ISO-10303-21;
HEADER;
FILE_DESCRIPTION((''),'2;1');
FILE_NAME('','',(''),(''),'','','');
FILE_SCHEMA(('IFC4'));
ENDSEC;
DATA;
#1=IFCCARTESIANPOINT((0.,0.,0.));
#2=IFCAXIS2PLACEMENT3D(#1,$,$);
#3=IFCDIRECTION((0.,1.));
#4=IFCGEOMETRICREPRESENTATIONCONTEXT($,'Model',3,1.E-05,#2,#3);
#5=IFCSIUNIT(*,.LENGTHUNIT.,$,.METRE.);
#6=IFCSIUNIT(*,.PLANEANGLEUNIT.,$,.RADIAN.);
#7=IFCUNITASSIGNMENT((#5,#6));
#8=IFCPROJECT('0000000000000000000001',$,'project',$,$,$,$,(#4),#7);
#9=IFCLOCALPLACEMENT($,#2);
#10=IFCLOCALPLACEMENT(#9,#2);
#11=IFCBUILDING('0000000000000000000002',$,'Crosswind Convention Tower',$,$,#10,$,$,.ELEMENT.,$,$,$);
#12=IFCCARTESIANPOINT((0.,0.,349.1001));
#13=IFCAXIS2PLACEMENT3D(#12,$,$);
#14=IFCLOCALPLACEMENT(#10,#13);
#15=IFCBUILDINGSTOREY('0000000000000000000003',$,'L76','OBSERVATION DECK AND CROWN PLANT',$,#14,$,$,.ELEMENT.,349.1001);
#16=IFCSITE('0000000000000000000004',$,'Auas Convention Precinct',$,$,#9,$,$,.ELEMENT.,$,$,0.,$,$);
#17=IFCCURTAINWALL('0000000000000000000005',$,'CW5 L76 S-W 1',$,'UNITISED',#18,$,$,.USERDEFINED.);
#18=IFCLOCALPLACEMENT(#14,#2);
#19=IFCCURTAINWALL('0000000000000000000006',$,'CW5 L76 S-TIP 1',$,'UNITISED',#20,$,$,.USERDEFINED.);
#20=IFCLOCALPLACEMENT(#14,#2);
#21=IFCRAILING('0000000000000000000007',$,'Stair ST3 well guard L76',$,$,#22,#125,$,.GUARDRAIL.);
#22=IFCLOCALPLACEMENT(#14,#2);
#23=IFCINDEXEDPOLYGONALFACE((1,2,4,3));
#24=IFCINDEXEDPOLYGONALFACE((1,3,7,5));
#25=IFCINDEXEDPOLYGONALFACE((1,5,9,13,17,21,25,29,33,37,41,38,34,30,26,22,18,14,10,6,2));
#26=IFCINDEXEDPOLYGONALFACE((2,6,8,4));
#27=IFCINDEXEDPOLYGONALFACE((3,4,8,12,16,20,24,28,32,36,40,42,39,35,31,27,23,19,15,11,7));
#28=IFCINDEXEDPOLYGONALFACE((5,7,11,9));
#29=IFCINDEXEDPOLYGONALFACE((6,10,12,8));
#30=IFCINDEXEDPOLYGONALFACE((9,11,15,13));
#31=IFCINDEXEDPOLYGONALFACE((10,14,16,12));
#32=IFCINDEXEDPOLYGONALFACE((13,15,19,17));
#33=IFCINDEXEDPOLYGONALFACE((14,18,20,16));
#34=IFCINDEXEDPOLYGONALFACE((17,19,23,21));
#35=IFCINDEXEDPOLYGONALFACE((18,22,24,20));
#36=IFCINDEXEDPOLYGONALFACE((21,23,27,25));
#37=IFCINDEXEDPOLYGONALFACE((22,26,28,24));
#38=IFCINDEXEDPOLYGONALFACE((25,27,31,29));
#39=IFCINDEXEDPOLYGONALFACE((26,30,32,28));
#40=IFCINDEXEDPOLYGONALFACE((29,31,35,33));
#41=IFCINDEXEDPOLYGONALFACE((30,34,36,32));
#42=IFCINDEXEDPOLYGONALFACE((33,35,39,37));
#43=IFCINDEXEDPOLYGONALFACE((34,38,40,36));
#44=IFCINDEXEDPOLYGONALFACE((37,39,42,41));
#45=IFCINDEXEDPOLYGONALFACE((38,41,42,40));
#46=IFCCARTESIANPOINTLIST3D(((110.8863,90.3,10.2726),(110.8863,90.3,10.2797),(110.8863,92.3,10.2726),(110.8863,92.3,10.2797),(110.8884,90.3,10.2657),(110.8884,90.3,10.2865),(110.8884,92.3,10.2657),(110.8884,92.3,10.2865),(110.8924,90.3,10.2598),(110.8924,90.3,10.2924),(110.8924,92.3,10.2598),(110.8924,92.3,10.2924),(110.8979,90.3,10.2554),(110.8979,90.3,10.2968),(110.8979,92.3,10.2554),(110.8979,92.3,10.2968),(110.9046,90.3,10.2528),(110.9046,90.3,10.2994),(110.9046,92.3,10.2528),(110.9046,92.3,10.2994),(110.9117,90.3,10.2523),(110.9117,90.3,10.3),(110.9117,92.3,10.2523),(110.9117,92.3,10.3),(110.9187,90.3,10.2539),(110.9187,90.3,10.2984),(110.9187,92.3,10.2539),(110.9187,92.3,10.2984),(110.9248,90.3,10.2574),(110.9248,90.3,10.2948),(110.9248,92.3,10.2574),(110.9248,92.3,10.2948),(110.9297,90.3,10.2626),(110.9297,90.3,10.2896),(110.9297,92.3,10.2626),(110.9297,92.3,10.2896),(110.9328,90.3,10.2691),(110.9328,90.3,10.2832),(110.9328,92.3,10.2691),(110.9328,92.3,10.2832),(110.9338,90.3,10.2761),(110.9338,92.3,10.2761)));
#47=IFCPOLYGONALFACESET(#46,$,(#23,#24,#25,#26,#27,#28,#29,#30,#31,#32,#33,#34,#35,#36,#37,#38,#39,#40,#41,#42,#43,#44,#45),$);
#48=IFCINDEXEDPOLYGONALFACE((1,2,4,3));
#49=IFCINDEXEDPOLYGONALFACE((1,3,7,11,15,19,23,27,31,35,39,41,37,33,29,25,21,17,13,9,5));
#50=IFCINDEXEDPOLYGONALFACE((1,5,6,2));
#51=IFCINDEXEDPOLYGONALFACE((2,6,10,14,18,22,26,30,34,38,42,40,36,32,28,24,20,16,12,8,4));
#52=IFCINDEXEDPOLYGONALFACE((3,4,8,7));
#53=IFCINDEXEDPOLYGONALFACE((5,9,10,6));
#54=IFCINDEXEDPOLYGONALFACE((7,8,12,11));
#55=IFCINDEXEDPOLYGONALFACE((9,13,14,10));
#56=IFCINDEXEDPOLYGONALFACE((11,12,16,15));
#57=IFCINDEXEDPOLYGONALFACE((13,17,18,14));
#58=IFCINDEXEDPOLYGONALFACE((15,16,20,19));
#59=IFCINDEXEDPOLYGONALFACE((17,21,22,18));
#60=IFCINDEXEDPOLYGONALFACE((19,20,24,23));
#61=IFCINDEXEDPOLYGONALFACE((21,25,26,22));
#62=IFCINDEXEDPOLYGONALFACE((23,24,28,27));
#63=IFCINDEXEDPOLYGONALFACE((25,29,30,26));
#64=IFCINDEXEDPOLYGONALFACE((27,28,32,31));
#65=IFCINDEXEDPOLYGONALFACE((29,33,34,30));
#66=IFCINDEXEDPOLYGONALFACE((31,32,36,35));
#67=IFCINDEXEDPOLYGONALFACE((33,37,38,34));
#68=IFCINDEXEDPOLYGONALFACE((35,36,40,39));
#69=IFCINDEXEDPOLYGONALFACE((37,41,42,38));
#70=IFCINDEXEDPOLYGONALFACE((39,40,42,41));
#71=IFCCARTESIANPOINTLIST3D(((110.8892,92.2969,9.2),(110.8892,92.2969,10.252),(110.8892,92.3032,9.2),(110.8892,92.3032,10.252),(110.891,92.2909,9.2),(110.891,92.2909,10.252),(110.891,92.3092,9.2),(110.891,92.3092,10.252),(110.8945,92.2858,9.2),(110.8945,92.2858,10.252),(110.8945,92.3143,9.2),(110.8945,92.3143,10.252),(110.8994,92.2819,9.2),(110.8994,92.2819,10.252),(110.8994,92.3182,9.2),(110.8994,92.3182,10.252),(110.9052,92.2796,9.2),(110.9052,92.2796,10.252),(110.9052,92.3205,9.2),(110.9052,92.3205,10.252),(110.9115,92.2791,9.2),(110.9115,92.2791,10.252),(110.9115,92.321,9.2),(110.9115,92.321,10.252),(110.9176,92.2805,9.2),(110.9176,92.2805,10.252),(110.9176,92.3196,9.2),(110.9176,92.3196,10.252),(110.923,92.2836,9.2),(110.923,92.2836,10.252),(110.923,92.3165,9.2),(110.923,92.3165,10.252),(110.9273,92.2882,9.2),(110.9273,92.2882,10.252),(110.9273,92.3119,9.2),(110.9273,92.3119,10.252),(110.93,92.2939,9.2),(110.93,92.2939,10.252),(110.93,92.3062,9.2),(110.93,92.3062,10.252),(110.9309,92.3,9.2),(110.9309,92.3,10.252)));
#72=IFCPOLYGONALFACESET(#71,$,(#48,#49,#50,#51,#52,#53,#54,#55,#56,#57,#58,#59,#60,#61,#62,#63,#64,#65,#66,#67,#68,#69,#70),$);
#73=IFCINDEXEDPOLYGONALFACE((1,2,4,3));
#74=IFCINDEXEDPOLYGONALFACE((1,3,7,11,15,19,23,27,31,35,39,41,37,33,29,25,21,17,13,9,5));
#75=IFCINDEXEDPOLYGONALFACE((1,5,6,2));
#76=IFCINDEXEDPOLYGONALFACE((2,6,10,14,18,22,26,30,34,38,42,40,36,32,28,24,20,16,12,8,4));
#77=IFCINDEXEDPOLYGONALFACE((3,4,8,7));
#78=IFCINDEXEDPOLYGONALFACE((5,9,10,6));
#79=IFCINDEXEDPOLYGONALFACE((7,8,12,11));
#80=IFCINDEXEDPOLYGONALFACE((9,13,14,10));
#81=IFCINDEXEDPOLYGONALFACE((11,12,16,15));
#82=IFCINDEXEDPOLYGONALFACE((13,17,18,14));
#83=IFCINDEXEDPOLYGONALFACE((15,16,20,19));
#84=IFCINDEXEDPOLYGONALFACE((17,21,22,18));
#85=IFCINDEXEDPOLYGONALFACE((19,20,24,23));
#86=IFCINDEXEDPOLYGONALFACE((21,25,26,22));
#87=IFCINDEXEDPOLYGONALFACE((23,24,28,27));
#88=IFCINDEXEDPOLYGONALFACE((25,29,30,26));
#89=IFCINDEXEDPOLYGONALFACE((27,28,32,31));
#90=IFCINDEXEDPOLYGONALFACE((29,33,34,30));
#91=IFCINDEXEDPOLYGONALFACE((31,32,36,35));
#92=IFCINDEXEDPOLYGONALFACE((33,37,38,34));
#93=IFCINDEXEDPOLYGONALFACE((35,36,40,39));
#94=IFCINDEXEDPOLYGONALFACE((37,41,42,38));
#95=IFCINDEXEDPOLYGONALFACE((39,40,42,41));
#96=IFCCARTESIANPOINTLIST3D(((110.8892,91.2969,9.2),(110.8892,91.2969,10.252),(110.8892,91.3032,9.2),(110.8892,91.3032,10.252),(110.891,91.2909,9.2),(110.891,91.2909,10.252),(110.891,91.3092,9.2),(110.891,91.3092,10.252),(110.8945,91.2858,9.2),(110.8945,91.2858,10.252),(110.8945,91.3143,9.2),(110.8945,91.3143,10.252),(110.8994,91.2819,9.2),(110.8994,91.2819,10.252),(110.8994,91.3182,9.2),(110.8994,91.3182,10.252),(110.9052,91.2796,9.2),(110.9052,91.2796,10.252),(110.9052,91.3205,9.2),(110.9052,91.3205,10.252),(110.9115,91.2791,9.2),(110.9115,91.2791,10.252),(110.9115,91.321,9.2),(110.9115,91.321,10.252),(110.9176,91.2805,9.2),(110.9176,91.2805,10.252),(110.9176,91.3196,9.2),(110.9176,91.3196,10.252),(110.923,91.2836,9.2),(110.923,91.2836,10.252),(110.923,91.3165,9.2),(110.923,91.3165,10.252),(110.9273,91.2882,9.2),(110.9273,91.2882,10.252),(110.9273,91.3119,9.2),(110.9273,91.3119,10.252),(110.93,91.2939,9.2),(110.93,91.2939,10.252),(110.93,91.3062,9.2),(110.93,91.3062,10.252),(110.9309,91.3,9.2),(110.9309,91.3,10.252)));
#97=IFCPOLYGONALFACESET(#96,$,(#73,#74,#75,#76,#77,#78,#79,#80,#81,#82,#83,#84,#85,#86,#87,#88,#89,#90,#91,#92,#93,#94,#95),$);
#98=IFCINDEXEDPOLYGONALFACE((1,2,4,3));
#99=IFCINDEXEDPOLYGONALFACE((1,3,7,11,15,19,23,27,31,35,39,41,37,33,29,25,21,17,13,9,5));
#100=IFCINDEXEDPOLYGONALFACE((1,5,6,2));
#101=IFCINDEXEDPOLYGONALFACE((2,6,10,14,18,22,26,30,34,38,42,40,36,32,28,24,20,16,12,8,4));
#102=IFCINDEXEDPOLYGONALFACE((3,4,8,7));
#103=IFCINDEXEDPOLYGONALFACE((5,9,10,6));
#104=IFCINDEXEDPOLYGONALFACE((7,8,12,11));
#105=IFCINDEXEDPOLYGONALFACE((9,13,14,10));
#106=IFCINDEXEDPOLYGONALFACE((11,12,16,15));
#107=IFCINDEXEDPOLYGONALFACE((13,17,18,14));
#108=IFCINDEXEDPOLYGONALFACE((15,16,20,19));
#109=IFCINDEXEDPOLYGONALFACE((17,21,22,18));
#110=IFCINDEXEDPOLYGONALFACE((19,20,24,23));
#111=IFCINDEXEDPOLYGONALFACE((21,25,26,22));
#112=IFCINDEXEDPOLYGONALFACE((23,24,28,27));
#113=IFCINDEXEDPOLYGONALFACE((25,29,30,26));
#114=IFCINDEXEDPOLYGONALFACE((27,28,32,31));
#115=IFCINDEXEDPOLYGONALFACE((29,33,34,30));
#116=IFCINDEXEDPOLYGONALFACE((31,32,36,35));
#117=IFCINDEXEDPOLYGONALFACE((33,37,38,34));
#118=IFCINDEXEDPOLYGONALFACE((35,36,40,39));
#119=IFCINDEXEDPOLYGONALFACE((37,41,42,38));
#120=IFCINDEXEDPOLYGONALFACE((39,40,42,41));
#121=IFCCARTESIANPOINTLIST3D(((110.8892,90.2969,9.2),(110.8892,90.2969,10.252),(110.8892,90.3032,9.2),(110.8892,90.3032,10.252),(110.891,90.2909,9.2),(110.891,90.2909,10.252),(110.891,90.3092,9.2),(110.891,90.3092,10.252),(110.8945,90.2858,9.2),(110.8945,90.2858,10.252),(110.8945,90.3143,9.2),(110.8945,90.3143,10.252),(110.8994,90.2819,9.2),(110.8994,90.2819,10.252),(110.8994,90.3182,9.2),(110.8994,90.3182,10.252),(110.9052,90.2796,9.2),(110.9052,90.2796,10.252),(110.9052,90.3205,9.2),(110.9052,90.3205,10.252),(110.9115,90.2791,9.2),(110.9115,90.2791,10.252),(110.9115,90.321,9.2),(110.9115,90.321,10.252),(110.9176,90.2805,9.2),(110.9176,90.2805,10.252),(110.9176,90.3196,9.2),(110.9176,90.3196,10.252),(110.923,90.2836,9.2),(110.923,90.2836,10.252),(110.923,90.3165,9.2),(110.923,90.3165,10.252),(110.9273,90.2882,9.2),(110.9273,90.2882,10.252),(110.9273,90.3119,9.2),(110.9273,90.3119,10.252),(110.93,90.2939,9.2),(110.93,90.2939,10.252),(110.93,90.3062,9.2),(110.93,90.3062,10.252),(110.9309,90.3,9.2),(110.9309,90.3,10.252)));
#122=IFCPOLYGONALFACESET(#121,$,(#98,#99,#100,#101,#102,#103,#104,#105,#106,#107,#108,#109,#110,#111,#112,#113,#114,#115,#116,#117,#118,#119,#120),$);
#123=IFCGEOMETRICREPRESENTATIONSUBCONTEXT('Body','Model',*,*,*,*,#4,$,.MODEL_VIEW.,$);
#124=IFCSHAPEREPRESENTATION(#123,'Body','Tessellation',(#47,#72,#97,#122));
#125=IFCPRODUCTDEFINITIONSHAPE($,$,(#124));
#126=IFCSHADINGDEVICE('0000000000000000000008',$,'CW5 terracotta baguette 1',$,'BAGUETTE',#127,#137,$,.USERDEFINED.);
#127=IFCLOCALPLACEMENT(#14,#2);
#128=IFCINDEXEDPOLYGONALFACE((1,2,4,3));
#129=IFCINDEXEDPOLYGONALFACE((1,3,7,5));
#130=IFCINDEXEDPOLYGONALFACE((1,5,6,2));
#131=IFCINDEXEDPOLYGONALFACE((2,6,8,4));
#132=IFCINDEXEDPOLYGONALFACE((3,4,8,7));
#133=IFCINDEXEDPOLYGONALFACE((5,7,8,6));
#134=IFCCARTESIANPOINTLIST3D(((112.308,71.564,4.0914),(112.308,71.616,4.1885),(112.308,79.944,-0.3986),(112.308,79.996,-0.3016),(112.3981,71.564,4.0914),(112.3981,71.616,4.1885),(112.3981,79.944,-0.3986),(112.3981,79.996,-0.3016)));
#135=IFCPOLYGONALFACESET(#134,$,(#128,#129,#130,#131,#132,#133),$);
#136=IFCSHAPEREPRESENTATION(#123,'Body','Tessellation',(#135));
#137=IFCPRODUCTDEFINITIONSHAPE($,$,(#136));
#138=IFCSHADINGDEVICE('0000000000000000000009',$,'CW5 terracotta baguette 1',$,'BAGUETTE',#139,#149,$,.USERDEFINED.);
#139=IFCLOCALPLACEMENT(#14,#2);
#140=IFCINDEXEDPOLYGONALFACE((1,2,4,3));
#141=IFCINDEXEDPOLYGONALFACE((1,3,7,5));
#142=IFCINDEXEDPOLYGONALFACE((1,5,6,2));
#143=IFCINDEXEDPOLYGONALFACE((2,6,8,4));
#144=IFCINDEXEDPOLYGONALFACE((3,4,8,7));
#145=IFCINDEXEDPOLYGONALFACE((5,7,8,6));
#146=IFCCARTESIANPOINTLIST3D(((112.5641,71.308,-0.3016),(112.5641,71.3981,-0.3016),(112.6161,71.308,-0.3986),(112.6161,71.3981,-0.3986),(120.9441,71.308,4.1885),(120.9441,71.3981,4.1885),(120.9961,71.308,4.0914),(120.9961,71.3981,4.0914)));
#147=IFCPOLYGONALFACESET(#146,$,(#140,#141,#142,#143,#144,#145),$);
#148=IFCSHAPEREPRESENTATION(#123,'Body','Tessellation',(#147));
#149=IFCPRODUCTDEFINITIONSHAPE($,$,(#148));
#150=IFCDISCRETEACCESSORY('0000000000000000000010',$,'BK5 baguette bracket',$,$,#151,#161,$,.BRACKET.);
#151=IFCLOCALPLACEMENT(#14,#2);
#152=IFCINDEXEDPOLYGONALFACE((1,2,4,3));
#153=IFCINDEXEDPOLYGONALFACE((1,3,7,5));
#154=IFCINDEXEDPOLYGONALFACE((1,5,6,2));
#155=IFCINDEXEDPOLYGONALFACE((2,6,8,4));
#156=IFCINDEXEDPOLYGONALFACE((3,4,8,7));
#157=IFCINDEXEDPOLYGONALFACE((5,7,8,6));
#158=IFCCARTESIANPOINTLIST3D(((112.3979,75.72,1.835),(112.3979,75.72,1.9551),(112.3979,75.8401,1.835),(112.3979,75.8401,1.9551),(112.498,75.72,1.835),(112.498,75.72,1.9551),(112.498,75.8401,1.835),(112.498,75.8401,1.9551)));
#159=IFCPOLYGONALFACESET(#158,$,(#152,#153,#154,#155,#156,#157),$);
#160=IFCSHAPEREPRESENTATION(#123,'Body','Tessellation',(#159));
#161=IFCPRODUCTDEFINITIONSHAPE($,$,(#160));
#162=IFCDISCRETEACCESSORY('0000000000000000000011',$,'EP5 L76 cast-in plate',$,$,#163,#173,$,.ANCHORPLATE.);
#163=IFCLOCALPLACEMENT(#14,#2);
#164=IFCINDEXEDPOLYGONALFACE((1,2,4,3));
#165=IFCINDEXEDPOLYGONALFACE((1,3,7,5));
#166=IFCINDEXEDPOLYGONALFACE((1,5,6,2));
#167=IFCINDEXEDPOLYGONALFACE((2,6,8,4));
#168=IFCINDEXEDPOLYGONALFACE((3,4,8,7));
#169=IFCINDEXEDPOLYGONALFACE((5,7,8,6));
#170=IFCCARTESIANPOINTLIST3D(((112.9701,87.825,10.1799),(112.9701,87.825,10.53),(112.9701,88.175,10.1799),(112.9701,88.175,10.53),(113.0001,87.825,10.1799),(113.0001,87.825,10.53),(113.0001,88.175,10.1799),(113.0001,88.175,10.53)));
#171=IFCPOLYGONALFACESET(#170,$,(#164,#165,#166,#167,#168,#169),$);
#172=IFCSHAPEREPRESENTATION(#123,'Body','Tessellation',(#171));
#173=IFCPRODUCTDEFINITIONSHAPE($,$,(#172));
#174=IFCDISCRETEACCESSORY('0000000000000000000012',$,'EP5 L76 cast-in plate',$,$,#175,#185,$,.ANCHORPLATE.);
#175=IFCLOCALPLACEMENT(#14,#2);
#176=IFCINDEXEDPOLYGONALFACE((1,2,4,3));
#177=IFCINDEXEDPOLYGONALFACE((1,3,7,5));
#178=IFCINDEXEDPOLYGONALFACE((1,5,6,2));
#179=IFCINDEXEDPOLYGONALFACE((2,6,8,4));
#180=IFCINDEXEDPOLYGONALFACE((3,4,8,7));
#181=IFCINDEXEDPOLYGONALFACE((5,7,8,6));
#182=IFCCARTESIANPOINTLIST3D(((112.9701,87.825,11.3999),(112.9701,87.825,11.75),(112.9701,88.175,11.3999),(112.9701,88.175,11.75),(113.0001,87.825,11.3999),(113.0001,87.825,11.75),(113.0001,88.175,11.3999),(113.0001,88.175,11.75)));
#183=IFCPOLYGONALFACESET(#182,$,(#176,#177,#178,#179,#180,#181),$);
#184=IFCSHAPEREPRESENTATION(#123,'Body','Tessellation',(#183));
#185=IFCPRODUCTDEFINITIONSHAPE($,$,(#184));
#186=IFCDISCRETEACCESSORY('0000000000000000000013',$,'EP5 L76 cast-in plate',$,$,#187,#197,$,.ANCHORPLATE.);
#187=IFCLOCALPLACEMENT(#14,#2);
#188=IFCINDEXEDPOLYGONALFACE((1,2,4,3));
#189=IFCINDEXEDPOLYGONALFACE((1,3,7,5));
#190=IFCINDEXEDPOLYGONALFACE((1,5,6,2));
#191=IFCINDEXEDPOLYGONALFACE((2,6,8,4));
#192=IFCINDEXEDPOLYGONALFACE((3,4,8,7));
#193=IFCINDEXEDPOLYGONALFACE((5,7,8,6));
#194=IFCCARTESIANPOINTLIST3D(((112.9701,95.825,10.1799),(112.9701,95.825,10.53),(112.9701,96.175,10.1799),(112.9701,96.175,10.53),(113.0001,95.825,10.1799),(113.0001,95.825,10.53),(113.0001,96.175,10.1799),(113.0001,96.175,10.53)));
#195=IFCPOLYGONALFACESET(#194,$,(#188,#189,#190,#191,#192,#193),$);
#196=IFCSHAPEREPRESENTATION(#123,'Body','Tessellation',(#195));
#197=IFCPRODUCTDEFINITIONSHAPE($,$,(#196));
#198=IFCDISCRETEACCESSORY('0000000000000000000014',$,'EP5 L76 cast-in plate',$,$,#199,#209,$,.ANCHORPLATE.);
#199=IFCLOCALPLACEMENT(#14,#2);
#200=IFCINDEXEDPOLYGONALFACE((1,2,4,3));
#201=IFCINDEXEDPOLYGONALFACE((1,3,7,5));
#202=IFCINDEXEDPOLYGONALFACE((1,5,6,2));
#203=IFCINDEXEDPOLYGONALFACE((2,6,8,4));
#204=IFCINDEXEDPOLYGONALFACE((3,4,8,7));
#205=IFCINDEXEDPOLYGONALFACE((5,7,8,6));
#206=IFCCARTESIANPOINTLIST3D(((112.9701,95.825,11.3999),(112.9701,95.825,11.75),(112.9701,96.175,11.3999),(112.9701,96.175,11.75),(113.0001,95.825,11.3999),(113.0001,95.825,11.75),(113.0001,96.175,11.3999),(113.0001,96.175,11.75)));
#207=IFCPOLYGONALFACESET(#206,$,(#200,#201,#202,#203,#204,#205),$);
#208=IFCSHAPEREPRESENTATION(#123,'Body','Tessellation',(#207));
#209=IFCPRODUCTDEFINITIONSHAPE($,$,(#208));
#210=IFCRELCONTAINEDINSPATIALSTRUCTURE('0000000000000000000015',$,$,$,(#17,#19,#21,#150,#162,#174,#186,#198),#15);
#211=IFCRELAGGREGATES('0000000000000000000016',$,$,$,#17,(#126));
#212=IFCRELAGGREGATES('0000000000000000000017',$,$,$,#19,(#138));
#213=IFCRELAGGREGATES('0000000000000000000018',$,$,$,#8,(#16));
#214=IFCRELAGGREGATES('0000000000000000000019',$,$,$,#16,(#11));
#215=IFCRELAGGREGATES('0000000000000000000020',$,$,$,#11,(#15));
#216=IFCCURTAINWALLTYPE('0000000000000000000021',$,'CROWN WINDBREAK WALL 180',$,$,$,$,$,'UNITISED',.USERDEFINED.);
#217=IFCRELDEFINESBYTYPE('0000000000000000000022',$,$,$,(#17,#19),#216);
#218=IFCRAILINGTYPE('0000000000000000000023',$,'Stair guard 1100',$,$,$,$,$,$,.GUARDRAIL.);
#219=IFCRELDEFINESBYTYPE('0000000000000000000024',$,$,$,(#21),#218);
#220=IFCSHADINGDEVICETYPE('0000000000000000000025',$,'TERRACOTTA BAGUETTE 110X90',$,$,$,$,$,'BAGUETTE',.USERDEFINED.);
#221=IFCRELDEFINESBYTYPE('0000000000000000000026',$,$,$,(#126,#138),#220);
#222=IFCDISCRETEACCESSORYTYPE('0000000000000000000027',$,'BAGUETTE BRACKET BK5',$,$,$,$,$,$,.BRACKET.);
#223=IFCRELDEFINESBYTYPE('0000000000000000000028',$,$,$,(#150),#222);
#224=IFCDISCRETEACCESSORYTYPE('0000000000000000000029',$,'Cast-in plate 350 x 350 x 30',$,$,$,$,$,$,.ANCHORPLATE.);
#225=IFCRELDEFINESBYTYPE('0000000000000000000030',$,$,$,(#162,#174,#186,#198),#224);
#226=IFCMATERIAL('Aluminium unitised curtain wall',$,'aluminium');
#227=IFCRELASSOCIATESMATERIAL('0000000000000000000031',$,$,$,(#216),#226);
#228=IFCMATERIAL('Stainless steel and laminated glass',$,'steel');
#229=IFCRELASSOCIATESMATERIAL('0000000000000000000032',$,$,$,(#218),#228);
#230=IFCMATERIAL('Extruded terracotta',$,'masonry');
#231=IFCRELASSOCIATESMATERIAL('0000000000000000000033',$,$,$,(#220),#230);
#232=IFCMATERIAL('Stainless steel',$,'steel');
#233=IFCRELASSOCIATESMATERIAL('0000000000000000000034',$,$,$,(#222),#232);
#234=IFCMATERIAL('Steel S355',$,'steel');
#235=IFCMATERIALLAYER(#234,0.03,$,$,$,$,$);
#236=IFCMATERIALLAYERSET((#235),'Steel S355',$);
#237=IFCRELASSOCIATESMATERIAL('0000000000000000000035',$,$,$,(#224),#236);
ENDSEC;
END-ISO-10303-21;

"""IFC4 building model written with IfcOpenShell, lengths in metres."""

from ifc_helpers import new_model, si_unit, direction, frame, origin, origin_2d, place, context, subcontext, project, spatial, rectangle, circle, extrude, material, layer, layer_set, material_profile, profile_set, type_object, element, aggregate, save


model = new_model("IFC4")

# Units and contexts
model_context = context("Model", 3, precision=1e-05, world=origin(), true_north=direction((0.0, 1.0)))
body_context = subcontext(model_context, "Body", "Model", "MODEL_VIEW")
ifc_project = project(units=[si_unit("LENGTHUNIT", "METRE"), si_unit("PLANEANGLEUNIT", "RADIAN")], contexts=[model_context])

# Site, building, storey
site_placement = place(None, origin())
site = spatial("IfcSite", under=ifc_project, at=site_placement, Name="Auas Convention Precinct", CompositionType="ELEMENT", RefElevation=0.0)
building_placement = place(site_placement, origin())
building = spatial("IfcBuilding", under=site, at=building_placement, Name="Crosswind Convention Tower", CompositionType="ELEMENT")
storey_placement = place(building_placement, frame((0.0, 0.0, 349.1001)))
storey = spatial("IfcBuildingStorey", under=building, at=storey_placement, Name="L76", Description="OBSERVATION DECK AND CROWN PLANT", CompositionType="ELEMENT", Elevation=349.1001)

# Curtain wall
ifc_material_1 = material(Name="Aluminium unitised curtain wall", Category="aluminium")
curtain_wall_type_1 = type_object("IfcCurtainWallType", Name="CROWN WINDBREAK WALL 180", ElementType="UNITISED", PredefinedType="USERDEFINED", material=ifc_material_1)
curtain_wall_1_placement = place(storey_placement, origin())
curtain_wall_1 = element("IfcCurtainWall", 1, at=curtain_wall_1_placement, inside=storey, type_object=curtain_wall_type_1, Name="CW5 L76 S-W 1", ObjectType="UNITISED", PredefinedType="USERDEFINED")

# Curtain wall
curtain_wall_2_placement = place(storey_placement, origin())
curtain_wall_2 = element("IfcCurtainWall", 2, at=curtain_wall_2_placement, inside=storey, type_object=curtain_wall_type_1, Name="CW5 L76 S-TIP 1", ObjectType="UNITISED", PredefinedType="USERDEFINED")

# Railing
ifc_material_2 = material(Name="Stainless steel and laminated glass", Category="steel")
railing_type_1 = type_object("IfcRailingType", Name="Stair guard 1100", PredefinedType="GUARDRAIL", material=ifc_material_2)
railing_1_placement = place(storey_placement, frame((110.9099, 92.3, 9.2)))
element("IfcRailing", 3, at=railing_1_placement, inside=storey, type_object=railing_type_1, Name="Stair ST3 well guard L76", PredefinedType="GUARDRAIL", context=body_context, shape_type="SweptSolid", body=[
    extrude(circle(Radius=0.0239, at=origin_2d()), frame((0.0, 0.0, 1.0762), z_axis=(0.0, -1.0, 0.0), x_axis=(1.0, 0.0, 0.0)), (0.0, 0.0, 1.0), 2.0),
    extrude(circle(Radius=0.021, at=origin_2d()), origin(), (0.0, 0.0, 1.0), 1.052),
    extrude(circle(Radius=0.021, at=origin_2d()), frame((0.0, -1.0, 0.0)), (0.0, 0.0, 1.0), 1.052),
    extrude(circle(Radius=0.021, at=origin_2d()), frame((0.0, -2.0, 0.0)), (0.0, 0.0, 1.0), 1.052),
])
ifc_material_3 = material(Name="Stainless steel", Category="steel")

# Shading devices
ifc_material_4 = material(Name="Extruded terracotta", Category="masonry")
ifc_material_profile_1 = material_profile(ifc_material_4, rectangle(XDim=0.0901, YDim=0.1101, at=origin_2d()), Name="TC 90X110")
ifc_profile_set_1 = profile_set([ifc_material_profile_1], Name="Extruded terracotta")
shading_device_type = type_object("IfcShadingDeviceType", Name="TERRACOTTA BAGUETTE 110X90", ElementType="BAGUETTE", PredefinedType="USERDEFINED", material=ifc_profile_set_1)
shading_device_1_placement = place(storey_placement, frame((112.353, 79.97, -0.3501), z_axis=(0.0, -0.881446, 0.472284), x_axis=(1.0, 0.0, 0.0)))
shading_device_1 = element("IfcShadingDevice", 4, at=shading_device_1_placement, type_object=shading_device_type, Name="CW5 terracotta baguette 1", ObjectType="BAGUETTE", PredefinedType="USERDEFINED", context=body_context, shape_type="SweptSolid", body=[
    extrude(rectangle(XDim=0.0901, YDim=0.1101, at=origin_2d()), origin(), (0.0, 0.0, 1.0), 9.5071),
])
aggregate(curtain_wall_1, [shading_device_1])
shading_device_2_placement = place(storey_placement, frame((112.5901, 71.353, -0.3501), z_axis=(0.881446, 0.0, 0.472284), x_axis=(0.0, 1.0, 0.0)))
shading_device_2 = element("IfcShadingDevice", 5, at=shading_device_2_placement, type_object=shading_device_type, Name="CW5 terracotta baguette 1", ObjectType="BAGUETTE", PredefinedType="USERDEFINED", context=body_context, shape_type="SweptSolid", body=[
    extrude(rectangle(XDim=0.0901, YDim=0.1101, at=origin_2d()), origin(), (0.0, 0.0, 1.0), 9.5071),
])
aggregate(curtain_wall_2, [shading_device_2])

# Discrete accessories
discrete_accessory_type_1 = type_object("IfcDiscreteAccessoryType", Name="BAGUETTE BRACKET BK5", PredefinedType="BRACKET", material=ifc_material_3)
discrete_accessory_placement = place(storey_placement, frame((112.448, 75.78, 1.835), z_axis=(0.0, 0.0, 1.0), x_axis=(0.0, -1.0, 0.0)))
element("IfcDiscreteAccessory", 6, at=discrete_accessory_placement, inside=storey, type_object=discrete_accessory_type_1, Name="BK5 baguette bracket", PredefinedType="BRACKET", context=body_context, shape_type="SweptSolid", body=[
    extrude(rectangle(XDim=0.1201, YDim=0.1001, at=origin_2d()), origin(), (0.0, 0.0, 1.0), 0.1201),
])
ifc_material_5 = material(Name="Steel S355", Category="steel")
ifc_layer_1 = layer(ifc_material_5, 0.03)
ifc_layer_set_1 = layer_set([ifc_layer_1], Name="Steel S355")
discrete_accessory_type_2 = type_object("IfcDiscreteAccessoryType", Name="Cast-in plate 350 x 350 x 30", PredefinedType="ANCHORPLATE", material=ifc_layer_set_1)
for number, where, z_axis, x_axis, name in (
    (7, (112.9851, 88.0, 10.1799), (0.0, 0.0, 1.0), (1.0, 0.0, 0.0), "EP5 L76 cast-in plate"),
    (8, (112.9851, 88.0, 11.3999), (0.0, 0.0, 1.0), (1.0, 0.0, 0.0), "EP5 L76 cast-in plate"),
    (9, (112.9851, 96.0, 10.1799), (0.0, 0.0, 1.0), (1.0, 0.0, 0.0), "EP5 L76 cast-in plate"),
    (10, (112.9851, 96.0, 11.3999), (0.0, 0.0, 1.0), (1.0, 0.0, 0.0), "EP5 L76 cast-in plate"),
):
    element("IfcDiscreteAccessory", number, at=place(storey_placement, frame(where, z_axis=z_axis, x_axis=x_axis)), inside=storey, type_object=discrete_accessory_type_2, Name=name, PredefinedType="ANCHORPLATE", context=body_context, shape_type="SweptSolid", body=[
        extrude(rectangle(XDim=0.03, YDim=0.3501, at=origin_2d()), origin(), (0.0, 0.0, 1.0), 0.3501),
    ])

save(model, "model.ifc")
